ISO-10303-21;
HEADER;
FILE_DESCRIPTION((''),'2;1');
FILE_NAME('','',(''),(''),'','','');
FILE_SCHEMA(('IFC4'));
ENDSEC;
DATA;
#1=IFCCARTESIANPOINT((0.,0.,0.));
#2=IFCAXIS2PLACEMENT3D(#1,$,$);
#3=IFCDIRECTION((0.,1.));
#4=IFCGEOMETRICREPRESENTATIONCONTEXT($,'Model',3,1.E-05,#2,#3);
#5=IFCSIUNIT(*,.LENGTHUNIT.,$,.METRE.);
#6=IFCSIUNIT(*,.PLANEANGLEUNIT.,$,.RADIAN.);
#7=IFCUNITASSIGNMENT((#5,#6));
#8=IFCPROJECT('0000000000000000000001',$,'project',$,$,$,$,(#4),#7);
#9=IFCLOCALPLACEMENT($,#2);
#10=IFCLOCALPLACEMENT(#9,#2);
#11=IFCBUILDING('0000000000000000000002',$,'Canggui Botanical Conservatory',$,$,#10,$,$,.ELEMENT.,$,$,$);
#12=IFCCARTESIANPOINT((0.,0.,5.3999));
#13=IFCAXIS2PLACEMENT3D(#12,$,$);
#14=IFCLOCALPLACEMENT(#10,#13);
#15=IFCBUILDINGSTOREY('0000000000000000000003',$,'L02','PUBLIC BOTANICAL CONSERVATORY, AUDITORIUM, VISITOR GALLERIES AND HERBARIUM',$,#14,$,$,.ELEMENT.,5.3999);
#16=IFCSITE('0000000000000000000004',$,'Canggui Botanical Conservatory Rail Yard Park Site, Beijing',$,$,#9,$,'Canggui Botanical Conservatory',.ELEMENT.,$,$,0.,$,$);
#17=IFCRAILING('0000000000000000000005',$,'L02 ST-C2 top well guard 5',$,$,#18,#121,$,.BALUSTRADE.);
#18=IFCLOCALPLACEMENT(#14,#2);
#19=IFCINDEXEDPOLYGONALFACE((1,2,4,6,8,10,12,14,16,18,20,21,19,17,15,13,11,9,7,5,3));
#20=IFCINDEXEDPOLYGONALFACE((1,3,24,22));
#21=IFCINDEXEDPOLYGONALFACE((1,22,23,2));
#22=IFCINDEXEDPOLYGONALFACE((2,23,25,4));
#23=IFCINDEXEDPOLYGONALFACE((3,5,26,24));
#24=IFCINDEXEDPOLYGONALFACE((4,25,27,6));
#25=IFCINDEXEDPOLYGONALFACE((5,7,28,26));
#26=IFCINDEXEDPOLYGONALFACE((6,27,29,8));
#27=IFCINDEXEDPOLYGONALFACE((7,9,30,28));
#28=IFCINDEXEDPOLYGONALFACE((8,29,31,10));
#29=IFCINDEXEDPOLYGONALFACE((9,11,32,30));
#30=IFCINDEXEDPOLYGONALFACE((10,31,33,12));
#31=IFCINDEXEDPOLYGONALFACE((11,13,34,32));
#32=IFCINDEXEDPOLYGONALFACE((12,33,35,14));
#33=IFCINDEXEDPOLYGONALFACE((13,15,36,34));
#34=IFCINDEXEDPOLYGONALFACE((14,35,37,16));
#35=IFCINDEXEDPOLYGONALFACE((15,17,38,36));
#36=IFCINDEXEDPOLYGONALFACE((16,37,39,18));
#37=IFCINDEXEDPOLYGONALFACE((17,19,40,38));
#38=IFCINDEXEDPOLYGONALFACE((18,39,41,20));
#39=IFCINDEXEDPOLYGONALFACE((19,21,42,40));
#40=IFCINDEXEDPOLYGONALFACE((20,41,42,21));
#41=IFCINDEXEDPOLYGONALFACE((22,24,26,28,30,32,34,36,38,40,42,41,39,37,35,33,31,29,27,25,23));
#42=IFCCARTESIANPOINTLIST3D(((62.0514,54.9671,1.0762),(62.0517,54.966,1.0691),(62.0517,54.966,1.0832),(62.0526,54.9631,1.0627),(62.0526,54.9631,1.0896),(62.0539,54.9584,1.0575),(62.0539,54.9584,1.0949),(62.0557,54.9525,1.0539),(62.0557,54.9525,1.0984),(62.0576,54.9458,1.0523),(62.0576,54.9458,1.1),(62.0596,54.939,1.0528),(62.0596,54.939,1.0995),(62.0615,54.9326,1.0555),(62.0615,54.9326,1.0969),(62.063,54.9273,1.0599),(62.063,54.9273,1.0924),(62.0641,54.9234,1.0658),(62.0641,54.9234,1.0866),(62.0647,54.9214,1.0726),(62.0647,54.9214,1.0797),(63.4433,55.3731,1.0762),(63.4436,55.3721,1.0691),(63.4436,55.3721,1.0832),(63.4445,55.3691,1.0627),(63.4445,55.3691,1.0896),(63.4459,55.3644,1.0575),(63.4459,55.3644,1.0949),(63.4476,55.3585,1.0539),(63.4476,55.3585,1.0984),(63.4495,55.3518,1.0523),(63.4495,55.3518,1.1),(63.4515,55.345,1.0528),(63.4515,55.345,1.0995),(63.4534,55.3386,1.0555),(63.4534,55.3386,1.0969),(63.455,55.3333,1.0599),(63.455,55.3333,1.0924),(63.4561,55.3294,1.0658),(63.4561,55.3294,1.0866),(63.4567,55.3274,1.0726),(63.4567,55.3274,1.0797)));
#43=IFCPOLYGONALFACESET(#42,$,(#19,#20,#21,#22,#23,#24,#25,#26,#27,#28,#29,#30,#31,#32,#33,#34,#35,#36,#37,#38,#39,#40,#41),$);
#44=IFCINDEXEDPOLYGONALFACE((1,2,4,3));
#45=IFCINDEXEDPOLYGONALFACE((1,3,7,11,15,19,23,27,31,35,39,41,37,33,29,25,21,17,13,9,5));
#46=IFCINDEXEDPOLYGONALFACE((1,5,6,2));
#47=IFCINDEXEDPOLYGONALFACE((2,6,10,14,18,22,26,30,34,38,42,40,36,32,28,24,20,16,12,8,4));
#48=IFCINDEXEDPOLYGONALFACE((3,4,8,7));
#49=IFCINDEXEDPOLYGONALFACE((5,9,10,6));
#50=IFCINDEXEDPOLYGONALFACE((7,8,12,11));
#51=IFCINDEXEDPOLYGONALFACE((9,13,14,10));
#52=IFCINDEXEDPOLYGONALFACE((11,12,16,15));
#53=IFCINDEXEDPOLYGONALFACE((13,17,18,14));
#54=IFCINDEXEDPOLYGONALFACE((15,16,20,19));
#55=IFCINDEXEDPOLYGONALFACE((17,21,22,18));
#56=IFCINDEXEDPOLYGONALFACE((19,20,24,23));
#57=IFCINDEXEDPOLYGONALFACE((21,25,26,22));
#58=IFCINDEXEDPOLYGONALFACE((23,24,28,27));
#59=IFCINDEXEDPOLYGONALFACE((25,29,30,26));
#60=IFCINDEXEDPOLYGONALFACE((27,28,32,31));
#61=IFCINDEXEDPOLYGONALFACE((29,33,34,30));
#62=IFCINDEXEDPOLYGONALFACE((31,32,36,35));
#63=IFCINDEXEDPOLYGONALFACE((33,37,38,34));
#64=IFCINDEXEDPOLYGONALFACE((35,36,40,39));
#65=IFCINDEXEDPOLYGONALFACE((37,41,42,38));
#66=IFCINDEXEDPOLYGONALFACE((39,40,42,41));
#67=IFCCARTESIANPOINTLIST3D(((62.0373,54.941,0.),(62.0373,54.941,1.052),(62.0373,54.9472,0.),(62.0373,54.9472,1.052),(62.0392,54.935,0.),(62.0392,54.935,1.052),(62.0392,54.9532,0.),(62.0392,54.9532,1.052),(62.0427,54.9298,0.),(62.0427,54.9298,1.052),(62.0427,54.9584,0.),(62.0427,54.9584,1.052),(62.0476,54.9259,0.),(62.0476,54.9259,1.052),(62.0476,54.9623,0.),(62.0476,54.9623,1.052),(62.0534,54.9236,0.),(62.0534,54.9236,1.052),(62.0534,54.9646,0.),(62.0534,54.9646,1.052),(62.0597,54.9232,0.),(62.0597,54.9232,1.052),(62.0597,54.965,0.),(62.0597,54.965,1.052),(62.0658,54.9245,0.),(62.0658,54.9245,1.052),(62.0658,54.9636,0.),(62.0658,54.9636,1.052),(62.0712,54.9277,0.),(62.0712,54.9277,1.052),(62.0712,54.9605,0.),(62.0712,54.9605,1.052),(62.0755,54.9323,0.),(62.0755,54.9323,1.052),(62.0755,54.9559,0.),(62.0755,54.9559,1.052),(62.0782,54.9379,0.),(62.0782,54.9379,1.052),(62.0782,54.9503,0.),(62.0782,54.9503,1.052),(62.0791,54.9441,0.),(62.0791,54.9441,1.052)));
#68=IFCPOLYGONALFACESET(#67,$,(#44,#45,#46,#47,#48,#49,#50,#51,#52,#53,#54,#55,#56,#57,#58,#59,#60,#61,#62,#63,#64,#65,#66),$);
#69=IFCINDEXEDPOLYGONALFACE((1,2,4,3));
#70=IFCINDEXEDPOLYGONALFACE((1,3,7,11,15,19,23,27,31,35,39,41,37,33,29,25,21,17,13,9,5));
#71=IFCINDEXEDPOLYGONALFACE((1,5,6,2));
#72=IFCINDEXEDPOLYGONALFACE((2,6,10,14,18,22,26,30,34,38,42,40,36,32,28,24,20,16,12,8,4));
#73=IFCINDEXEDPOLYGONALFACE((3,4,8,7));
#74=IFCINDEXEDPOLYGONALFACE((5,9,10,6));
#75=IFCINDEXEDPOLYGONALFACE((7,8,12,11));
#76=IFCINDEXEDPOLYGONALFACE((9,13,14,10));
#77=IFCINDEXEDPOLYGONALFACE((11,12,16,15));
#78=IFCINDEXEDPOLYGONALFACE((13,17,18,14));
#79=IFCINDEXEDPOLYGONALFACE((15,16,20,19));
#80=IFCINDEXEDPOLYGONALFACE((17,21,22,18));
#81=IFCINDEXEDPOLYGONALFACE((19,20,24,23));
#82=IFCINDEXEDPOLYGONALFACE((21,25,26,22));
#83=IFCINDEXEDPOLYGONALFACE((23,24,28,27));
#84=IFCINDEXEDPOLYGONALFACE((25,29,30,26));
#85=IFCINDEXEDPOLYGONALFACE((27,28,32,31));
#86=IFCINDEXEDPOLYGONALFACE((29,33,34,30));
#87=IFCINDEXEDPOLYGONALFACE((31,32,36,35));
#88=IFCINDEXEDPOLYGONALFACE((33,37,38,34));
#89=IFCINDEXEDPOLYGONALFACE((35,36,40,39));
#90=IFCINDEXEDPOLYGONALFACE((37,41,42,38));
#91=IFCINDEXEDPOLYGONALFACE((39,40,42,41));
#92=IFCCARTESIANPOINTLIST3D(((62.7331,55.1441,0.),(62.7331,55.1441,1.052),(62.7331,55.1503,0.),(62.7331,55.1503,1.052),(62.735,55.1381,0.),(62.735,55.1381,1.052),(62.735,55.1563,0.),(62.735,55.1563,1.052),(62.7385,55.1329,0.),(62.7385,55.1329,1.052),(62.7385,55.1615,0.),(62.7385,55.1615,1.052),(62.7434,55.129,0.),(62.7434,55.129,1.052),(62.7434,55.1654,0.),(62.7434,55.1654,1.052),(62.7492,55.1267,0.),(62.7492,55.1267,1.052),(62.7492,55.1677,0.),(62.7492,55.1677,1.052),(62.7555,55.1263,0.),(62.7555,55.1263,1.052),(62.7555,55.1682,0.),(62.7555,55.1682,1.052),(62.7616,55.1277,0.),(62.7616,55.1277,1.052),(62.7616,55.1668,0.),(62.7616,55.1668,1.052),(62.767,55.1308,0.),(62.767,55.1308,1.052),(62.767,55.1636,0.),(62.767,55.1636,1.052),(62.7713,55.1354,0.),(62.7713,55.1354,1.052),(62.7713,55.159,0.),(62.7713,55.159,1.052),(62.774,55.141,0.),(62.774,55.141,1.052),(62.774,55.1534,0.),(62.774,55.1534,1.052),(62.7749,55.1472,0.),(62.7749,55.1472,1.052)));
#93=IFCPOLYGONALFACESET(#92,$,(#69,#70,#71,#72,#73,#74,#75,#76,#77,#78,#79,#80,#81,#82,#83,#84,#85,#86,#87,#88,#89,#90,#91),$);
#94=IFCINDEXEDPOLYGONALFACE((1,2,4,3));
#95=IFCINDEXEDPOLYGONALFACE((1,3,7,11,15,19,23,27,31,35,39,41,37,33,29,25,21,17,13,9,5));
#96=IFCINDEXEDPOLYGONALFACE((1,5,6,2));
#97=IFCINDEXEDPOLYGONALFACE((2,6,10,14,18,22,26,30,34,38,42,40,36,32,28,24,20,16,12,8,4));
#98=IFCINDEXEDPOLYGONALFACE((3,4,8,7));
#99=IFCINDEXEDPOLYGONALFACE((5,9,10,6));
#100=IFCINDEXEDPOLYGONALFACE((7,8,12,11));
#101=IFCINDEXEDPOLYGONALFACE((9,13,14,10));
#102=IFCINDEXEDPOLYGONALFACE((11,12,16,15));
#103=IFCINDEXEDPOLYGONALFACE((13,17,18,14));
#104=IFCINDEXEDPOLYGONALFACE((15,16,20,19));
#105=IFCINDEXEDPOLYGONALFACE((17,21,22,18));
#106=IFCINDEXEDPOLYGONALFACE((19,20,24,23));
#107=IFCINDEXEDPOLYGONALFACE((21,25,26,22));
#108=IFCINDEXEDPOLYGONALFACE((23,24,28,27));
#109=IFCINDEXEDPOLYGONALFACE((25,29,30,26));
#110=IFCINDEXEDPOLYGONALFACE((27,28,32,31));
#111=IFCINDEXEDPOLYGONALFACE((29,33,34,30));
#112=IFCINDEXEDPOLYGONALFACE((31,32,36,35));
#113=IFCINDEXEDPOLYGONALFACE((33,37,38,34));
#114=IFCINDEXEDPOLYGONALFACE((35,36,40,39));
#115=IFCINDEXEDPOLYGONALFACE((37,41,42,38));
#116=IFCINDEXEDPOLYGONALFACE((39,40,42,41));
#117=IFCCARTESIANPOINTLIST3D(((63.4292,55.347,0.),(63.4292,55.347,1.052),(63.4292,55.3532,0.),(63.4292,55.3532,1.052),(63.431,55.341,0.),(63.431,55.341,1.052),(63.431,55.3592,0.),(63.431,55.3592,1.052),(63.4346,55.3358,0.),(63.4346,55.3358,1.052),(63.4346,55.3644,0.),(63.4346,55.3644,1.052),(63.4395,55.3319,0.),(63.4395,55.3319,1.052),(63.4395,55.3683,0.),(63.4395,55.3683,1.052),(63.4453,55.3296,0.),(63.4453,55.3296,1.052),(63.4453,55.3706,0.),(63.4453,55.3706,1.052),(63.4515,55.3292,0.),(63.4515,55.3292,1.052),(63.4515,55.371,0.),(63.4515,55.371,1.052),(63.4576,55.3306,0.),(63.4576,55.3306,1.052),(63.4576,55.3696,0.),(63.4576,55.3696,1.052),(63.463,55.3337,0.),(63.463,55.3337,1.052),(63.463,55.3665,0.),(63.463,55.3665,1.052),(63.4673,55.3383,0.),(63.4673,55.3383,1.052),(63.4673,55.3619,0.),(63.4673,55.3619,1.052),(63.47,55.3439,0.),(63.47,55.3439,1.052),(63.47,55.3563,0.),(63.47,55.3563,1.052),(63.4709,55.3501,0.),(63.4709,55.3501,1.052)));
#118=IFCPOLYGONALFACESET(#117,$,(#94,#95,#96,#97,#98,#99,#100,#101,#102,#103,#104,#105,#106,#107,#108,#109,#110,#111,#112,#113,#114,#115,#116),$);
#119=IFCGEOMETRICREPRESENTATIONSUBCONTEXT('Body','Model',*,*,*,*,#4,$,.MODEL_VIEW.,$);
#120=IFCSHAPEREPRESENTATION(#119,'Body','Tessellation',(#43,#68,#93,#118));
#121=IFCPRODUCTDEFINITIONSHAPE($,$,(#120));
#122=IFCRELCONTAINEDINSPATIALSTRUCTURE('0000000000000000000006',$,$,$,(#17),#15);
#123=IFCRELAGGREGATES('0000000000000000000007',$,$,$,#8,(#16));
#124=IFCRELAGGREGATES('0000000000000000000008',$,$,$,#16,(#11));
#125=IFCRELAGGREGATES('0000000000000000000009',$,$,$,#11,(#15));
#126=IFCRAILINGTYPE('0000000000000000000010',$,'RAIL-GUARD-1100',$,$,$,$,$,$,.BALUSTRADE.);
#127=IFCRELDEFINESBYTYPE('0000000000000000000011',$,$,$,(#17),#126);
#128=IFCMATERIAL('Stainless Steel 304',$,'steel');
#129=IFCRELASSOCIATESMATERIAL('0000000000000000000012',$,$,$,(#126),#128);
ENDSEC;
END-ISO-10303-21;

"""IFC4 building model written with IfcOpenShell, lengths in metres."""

from ifc_helpers import new_model, si_unit, direction, frame, origin, origin_2d, place, context, subcontext, project, spatial, circle, extrude, material, type_object, element, save


model = new_model("IFC4")

# Units and contexts
model_context = context("Model", 3, precision=1e-05, world=origin(), true_north=direction((0.0, 1.0)))
body_context = subcontext(model_context, "Body", "Model", "MODEL_VIEW")
ifc_project = project(units=[si_unit("LENGTHUNIT", "METRE"), si_unit("PLANEANGLEUNIT", "RADIAN")], contexts=[model_context])

# Site, building, storey
site_placement = place(None, origin())
site = spatial("IfcSite", under=ifc_project, at=site_placement, Name="Canggui Botanical Conservatory Rail Yard Park Site, Beijing", LongName="Canggui Botanical Conservatory", CompositionType="ELEMENT", RefElevation=0.0)
building_placement = place(site_placement, origin())
building = spatial("IfcBuilding", under=site, at=building_placement, Name="Canggui Botanical Conservatory", CompositionType="ELEMENT")
storey_placement = place(building_placement, frame((0.0, 0.0, 5.3999)))
storey = spatial("IfcBuildingStorey", under=building, at=storey_placement, Name="L02", Description="PUBLIC BOTANICAL CONSERVATORY, AUDITORIUM, VISITOR GALLERIES AND HERBARIUM", CompositionType="ELEMENT", Elevation=5.3999)

# Railing
ifc_material_1 = material(Name="Stainless Steel 304", Category="steel")
railing_type = type_object("IfcRailingType", Name="RAIL-GUARD-1100", PredefinedType="BALUSTRADE", material=ifc_material_1)
railing_1_placement = place(storey_placement, frame((62.0581, 54.9441, 0.0)))
element("IfcRailing", 1, at=railing_1_placement, inside=storey, type_object=railing_type, Name="L02 ST-C2 top well guard 5", PredefinedType="BALUSTRADE", context=body_context, shape_type="SweptSolid", body=[
    extrude(circle(Radius=0.0239, at=origin_2d()), frame((0.0, 0.0, 1.0762), z_axis=(0.959991, 0.280032, 0.0), x_axis=(-0.280032, 0.959991, 0.0)), (0.0, 0.0, 1.0), 1.45),
    extrude(circle(Radius=0.021, at=origin_2d()), origin(), (0.0, 0.0, 1.0), 1.052),
    extrude(circle(Radius=0.021, at=origin_2d()), frame((0.6958, 0.2031, 0.0)), (0.0, 0.0, 1.0), 1.052),
    extrude(circle(Radius=0.021, at=origin_2d()), frame((1.3918, 0.406, 0.0)), (0.0, 0.0, 1.0), 1.052),
])

save(model, "model.ifc")
